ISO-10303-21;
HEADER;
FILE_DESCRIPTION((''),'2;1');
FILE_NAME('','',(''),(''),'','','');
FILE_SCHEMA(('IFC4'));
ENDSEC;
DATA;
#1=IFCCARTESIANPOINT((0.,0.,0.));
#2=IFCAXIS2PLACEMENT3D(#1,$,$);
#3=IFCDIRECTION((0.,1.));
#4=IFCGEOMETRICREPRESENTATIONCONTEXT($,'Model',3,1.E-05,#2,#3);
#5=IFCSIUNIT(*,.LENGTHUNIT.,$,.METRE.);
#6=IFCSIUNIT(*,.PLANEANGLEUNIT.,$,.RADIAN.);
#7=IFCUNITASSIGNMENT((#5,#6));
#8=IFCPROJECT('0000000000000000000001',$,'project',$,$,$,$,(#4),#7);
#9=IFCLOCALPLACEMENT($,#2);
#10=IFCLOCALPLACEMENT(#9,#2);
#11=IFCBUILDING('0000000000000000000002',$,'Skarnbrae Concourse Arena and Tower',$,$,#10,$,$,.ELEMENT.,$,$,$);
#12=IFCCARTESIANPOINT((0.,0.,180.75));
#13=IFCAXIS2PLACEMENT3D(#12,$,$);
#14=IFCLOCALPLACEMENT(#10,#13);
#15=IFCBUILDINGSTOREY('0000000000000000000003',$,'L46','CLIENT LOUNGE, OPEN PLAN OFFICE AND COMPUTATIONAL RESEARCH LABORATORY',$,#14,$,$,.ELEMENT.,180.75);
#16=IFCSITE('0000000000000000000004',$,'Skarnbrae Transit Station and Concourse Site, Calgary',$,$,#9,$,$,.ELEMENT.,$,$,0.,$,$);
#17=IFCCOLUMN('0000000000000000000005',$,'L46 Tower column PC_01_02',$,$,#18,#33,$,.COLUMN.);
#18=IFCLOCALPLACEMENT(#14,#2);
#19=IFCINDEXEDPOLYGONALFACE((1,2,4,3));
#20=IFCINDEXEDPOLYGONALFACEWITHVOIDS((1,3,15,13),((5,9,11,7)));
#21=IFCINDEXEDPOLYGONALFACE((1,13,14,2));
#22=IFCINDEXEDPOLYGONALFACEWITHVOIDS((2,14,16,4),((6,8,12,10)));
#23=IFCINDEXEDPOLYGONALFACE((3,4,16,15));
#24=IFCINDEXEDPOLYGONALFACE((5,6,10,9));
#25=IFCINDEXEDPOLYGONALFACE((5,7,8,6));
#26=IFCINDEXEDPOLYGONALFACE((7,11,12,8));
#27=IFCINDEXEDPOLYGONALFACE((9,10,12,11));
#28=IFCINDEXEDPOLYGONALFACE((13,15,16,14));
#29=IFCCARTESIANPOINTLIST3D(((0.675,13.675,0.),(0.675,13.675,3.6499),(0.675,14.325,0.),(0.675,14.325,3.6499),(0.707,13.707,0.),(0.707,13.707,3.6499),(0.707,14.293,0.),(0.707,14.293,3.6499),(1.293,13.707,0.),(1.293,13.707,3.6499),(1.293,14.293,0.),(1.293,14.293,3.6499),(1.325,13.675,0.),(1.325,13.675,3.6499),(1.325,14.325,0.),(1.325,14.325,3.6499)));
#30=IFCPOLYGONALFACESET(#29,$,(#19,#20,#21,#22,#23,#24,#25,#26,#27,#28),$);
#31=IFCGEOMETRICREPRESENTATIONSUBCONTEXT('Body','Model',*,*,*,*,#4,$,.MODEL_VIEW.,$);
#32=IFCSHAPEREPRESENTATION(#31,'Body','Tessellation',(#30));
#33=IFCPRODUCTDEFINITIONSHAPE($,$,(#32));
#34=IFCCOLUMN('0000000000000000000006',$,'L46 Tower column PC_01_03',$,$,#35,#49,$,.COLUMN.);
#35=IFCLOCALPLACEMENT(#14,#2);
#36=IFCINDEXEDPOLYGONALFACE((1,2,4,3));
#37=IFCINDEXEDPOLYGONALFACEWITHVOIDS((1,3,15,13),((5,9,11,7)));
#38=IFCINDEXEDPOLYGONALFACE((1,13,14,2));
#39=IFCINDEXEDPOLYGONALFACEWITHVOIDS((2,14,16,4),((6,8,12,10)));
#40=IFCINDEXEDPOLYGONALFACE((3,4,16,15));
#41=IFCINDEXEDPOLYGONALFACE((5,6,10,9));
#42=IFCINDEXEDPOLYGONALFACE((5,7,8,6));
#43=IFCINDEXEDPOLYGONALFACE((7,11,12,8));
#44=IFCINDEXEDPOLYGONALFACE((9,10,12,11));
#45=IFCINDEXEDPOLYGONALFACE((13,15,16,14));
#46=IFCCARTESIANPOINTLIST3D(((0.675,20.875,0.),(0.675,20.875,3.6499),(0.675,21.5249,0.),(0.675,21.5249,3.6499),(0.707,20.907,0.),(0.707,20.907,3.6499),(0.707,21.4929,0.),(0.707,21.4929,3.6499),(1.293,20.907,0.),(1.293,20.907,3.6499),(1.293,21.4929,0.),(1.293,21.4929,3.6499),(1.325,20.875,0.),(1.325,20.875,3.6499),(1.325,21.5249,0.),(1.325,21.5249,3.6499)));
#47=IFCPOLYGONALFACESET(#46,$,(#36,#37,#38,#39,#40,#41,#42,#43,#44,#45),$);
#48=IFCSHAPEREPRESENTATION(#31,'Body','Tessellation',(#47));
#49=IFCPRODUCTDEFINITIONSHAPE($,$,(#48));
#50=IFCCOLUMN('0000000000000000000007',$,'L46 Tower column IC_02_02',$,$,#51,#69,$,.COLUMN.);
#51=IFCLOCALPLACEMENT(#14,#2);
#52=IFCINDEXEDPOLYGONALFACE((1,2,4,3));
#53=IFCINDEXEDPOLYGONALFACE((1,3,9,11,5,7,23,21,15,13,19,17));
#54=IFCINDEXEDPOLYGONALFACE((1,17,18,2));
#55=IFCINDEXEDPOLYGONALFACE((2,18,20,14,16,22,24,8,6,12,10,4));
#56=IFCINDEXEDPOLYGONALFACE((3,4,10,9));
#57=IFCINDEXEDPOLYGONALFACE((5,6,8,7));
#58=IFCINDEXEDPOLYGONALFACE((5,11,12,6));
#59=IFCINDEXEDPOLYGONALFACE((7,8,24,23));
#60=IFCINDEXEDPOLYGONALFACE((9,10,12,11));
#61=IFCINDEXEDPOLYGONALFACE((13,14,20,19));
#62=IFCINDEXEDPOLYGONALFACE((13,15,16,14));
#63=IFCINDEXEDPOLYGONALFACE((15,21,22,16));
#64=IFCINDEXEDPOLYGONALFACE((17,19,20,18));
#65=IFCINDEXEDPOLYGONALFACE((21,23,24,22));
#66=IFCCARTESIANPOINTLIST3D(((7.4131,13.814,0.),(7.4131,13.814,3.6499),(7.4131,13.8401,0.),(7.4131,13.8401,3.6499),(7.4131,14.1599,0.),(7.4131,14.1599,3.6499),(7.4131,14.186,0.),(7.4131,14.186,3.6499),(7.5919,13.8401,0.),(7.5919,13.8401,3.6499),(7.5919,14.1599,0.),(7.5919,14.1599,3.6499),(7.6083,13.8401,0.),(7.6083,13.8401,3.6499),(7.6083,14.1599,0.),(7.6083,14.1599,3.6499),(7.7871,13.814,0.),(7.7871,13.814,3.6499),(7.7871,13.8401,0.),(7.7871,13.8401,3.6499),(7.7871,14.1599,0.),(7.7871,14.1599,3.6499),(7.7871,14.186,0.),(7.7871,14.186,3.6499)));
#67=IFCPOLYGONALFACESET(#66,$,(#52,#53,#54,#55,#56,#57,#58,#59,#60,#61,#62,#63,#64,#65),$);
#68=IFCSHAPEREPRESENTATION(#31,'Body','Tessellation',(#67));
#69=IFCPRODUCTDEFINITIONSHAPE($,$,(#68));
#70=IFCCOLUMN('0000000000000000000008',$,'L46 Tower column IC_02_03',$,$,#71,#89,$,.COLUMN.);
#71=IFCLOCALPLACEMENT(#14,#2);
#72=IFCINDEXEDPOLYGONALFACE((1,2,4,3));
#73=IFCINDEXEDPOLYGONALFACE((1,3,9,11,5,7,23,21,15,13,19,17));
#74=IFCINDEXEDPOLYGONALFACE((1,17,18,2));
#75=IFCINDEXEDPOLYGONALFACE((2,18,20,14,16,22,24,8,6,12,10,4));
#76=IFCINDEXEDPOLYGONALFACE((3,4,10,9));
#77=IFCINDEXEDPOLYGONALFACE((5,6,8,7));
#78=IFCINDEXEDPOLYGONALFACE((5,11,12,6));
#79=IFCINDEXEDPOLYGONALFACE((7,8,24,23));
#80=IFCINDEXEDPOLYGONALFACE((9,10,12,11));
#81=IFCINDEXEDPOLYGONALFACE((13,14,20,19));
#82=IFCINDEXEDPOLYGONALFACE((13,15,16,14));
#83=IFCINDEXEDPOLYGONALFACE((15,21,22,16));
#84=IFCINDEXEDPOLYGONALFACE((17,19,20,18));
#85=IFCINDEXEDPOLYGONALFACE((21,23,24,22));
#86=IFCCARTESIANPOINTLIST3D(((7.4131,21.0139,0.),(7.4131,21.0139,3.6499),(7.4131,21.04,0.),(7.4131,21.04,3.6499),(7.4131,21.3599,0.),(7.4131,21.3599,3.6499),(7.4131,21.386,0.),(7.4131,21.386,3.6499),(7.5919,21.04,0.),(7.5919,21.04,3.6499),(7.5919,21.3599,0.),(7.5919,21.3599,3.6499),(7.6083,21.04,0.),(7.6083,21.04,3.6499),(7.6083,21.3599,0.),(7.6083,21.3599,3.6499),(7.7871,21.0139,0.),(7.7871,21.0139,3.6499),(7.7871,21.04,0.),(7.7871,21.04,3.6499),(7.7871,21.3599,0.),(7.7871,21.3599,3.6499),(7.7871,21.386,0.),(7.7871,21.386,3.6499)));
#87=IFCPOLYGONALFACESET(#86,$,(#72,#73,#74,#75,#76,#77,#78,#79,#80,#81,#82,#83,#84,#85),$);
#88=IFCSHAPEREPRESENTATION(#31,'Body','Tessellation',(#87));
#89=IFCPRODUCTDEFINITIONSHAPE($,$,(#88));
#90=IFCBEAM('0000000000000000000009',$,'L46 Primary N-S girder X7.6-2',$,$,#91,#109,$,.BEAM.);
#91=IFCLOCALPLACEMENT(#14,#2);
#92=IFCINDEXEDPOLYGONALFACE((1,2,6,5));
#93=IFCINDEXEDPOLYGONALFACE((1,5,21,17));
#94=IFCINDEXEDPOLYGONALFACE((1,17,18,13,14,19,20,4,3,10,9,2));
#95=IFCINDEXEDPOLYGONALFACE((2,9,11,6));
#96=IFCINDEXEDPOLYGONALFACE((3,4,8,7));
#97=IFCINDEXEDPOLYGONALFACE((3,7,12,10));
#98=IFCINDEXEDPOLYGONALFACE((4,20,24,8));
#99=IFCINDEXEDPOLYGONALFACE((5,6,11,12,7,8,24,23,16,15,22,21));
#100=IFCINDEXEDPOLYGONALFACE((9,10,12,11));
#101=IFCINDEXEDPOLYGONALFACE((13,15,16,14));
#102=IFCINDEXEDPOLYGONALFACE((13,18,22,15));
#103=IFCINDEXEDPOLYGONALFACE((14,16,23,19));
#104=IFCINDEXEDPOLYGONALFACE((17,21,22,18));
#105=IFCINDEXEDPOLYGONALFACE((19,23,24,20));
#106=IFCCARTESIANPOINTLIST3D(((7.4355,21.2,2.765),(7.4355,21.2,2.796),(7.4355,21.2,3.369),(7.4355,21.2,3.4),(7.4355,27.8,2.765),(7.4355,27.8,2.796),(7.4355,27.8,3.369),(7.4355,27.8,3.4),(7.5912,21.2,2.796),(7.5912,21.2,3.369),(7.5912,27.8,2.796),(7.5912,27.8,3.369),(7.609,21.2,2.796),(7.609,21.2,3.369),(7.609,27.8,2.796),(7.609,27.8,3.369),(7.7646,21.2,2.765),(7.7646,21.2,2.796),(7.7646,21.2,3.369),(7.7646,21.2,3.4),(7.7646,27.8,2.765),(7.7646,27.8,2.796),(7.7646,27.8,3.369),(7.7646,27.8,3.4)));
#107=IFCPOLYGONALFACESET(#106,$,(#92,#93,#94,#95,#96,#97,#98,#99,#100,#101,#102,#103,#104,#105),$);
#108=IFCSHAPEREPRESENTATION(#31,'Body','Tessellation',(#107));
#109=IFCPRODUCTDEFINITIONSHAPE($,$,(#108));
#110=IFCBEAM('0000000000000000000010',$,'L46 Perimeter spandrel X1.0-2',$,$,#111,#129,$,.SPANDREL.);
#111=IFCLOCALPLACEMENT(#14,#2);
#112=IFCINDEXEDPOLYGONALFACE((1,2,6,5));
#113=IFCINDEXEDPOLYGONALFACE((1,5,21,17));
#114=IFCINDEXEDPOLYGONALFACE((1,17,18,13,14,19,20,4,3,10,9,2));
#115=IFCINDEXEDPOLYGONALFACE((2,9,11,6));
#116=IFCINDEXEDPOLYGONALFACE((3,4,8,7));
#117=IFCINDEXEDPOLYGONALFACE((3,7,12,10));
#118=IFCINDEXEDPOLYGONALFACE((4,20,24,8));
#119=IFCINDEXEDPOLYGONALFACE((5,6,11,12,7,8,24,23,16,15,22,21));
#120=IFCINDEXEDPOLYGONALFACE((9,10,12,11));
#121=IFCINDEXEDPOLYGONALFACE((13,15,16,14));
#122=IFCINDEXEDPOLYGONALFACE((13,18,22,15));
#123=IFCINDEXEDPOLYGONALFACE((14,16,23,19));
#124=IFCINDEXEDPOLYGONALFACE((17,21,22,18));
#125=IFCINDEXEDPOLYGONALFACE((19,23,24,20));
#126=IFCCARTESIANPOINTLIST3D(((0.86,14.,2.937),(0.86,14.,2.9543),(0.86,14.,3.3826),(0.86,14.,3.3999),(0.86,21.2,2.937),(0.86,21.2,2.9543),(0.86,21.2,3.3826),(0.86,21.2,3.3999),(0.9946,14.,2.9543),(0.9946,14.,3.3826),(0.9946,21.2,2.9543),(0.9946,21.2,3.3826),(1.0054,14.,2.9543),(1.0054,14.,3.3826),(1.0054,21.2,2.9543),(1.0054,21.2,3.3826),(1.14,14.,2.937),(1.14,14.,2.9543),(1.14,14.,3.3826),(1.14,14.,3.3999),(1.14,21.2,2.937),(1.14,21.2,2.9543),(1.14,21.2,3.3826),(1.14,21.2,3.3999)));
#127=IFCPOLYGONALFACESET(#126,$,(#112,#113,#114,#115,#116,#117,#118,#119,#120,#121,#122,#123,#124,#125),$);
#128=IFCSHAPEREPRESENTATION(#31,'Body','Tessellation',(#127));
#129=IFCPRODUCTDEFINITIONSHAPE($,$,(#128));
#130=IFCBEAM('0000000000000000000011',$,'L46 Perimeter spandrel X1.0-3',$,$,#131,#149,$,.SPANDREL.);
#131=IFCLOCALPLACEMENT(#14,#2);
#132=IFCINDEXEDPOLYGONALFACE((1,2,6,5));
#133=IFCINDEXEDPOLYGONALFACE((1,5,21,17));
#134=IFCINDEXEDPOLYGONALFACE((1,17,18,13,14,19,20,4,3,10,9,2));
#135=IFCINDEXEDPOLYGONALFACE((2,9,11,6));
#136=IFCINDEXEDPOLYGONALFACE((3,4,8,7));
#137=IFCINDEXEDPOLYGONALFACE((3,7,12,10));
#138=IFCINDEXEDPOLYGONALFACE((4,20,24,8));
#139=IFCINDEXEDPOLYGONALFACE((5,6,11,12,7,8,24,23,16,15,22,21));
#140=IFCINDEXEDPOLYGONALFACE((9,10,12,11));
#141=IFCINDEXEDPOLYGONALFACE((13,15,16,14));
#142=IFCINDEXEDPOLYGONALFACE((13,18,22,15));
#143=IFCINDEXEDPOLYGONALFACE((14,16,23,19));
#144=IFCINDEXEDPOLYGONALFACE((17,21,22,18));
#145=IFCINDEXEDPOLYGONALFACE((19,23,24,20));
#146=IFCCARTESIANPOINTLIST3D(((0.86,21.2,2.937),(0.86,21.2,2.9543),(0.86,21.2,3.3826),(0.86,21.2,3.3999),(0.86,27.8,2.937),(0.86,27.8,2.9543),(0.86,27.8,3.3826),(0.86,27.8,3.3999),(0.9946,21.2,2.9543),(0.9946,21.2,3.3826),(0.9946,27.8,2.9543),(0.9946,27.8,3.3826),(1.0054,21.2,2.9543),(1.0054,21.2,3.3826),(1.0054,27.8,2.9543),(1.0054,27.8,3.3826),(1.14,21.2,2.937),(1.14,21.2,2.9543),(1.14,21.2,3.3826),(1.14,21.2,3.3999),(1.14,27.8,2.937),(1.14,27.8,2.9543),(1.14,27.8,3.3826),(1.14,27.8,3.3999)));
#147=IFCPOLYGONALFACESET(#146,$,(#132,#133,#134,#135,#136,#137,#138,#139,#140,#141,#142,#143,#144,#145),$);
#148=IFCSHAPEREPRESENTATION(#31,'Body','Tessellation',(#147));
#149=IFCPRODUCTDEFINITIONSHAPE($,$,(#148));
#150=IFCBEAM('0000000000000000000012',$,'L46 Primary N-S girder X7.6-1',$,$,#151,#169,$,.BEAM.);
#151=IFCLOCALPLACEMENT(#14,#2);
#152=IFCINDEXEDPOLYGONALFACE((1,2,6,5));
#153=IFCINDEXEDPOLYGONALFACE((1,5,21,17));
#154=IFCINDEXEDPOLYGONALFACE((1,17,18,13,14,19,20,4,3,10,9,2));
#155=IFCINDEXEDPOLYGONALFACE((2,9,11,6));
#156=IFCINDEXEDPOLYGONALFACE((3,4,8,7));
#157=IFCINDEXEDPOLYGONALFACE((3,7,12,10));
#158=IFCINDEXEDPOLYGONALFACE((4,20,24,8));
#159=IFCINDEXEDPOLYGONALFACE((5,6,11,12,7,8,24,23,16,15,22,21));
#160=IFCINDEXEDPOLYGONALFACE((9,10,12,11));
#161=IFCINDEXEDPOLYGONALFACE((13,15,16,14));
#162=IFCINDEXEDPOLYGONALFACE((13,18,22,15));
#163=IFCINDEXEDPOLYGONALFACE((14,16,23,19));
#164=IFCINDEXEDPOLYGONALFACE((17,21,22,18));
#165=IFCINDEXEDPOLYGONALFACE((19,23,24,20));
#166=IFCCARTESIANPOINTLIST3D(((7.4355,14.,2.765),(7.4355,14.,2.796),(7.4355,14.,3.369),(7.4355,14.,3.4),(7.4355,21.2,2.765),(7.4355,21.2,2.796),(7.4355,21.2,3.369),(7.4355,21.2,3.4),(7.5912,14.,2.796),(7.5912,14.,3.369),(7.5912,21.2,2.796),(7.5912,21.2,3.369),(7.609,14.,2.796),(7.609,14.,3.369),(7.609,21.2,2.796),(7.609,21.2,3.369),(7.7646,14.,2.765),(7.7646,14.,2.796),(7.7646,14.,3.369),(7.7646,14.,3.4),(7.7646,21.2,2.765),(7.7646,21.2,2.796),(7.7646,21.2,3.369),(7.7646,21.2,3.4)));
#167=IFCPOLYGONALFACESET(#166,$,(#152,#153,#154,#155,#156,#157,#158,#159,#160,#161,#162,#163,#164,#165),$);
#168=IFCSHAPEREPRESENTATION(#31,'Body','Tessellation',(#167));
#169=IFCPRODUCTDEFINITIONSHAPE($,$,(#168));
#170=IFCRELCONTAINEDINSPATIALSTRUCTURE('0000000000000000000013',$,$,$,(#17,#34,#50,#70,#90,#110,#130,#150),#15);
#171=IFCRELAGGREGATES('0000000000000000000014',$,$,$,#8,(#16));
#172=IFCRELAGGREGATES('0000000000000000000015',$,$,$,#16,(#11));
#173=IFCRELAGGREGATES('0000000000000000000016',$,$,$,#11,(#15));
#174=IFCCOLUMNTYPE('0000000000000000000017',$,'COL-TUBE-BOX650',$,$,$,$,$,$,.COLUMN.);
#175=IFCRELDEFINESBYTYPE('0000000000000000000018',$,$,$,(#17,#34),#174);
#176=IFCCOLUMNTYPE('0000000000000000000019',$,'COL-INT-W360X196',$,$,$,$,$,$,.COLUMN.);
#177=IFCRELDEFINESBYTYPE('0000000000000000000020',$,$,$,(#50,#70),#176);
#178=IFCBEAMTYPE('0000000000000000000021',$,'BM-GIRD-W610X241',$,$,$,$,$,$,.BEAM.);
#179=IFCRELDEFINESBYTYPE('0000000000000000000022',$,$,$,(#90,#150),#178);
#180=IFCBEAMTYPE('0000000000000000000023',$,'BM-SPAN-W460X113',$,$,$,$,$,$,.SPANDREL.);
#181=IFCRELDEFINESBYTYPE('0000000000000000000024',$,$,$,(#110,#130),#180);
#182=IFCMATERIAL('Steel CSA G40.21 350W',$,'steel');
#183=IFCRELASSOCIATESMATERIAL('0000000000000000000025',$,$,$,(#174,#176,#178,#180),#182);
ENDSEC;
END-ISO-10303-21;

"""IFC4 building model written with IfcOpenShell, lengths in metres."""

from ifc_helpers import new_model, si_unit, direction, frame, origin, origin_2d, place, context, subcontext, project, spatial, hollow_rectangle, i_section, extrude, source, transform, mapped, material, material_profile, profile_set, type_object, element, save


model = new_model("IFC4")

# Units and contexts
model_context = context("Model", 3, precision=1e-05, world=origin(), true_north=direction((0.0, 1.0)))
body_context = subcontext(model_context, "Body", "Model", "MODEL_VIEW")
ifc_project = project(units=[si_unit("LENGTHUNIT", "METRE"), si_unit("PLANEANGLEUNIT", "RADIAN")], contexts=[model_context])

# Site, building, storey
site_placement = place(None, origin())
site = spatial("IfcSite", under=ifc_project, at=site_placement, Name="Skarnbrae Transit Station and Concourse Site, Calgary", CompositionType="ELEMENT", RefElevation=0.0)
building_placement = place(site_placement, origin())
building = spatial("IfcBuilding", under=site, at=building_placement, Name="Skarnbrae Concourse Arena and Tower", CompositionType="ELEMENT")
storey_placement = place(building_placement, frame((0.0, 0.0, 180.75)))
storey = spatial("IfcBuildingStorey", under=building, at=storey_placement, Name="L46", Description="CLIENT LOUNGE, OPEN PLAN OFFICE AND COMPUTATIONAL RESEARCH LABORATORY", CompositionType="ELEMENT", Elevation=180.75)

# Columns
ifc_material_1 = material(Name="Steel CSA G40.21 350W", Category="steel")
ifc_material_profile_1 = material_profile(ifc_material_1, hollow_rectangle(XDim=0.6499, YDim=0.6499, WallThickness=0.032, at=origin_2d()), Name="BOX650X650X32")
ifc_profile_set_1 = profile_set([ifc_material_profile_1], Name="Steel CSA G40.21 350W")
column_type_1 = type_object("IfcColumnType", Name="COL-TUBE-BOX650", PredefinedType="COLUMN", material=ifc_profile_set_1)
shared_shape_1 = source(origin(), body_context, "Body", "SweptSolid", [
    extrude(hollow_rectangle(XDim=0.6499, YDim=0.6499, WallThickness=0.032, at=origin_2d()), origin(), (0.0, 0.0, 1.0), 3.6499),
])
for number, where, z_axis, x_axis, name in (
    (1, (1.0, 14.0, 0.0), (0.0, 0.0, 1.0), (1.0, 0.0, 0.0), "L46 Tower column PC_01_02"),
    (2, (1.0, 21.2, 0.0), (0.0, 0.0, 1.0), (1.0, 0.0, 0.0), "L46 Tower column PC_01_03"),
):
    element("IfcColumn", number, at=place(storey_placement, frame(where, z_axis=z_axis, x_axis=x_axis)), inside=storey, type_object=column_type_1, Name=name, PredefinedType="COLUMN", context=body_context, shape_type="MappedRepresentation", body=[
        mapped(shared_shape_1, transform((0.0, 0.0, 0.0))),
    ])
ifc_material_profile_2 = material_profile(ifc_material_1, i_section(OverallWidth=0.374, OverallDepth=0.3721, WebThickness=0.0164, FlangeThickness=0.0261, at=origin_2d()), Name="W360X196")
ifc_profile_set_2 = profile_set([ifc_material_profile_2], Name="Steel CSA G40.21 350W")
column_type_2 = type_object("IfcColumnType", Name="COL-INT-W360X196", PredefinedType="COLUMN", material=ifc_profile_set_2)
shared_shape_2 = source(origin(), body_context, "Body", "SweptSolid", [
    extrude(i_section(OverallWidth=0.374, OverallDepth=0.3721, WebThickness=0.0164, FlangeThickness=0.0261, at=origin_2d()), origin(), (0.0, 0.0, 1.0), 3.6499),
])
for number, where, z_axis, x_axis, name in (
    (3, (7.6001, 14.0, 0.0), (0.0, 0.0, 1.0), (1.0, 0.0, 0.0), "L46 Tower column IC_02_02"),
    (4, (7.6001, 21.2, 0.0), (0.0, 0.0, 1.0), (1.0, 0.0, 0.0), "L46 Tower column IC_02_03"),
):
    element("IfcColumn", number, at=place(storey_placement, frame(where, z_axis=z_axis, x_axis=x_axis)), inside=storey, type_object=column_type_2, Name=name, PredefinedType="COLUMN", context=body_context, shape_type="MappedRepresentation", body=[
        mapped(shared_shape_2, transform((0.0, 0.0, 0.0))),
    ])

# Beams
ifc_material_profile_3 = material_profile(ifc_material_1, i_section(OverallWidth=0.3291, OverallDepth=0.635, WebThickness=0.0178, FlangeThickness=0.031, at=origin_2d()), Name="W610X241")
ifc_profile_set_3 = profile_set([ifc_material_profile_3], Name="Steel CSA G40.21 350W")
beam_type_1 = type_object("IfcBeamType", Name="BM-GIRD-W610X241", PredefinedType="BEAM", material=ifc_profile_set_3)
shared_shape_3 = source(origin(), body_context, "Body", "SweptSolid", [
    extrude(i_section(OverallWidth=0.3291, OverallDepth=0.635, WebThickness=0.0178, FlangeThickness=0.031, at=origin_2d()), origin(), (0.0, 0.0, 1.0), 6.6001),
])
beam_1_placement = place(storey_placement, frame((7.6001, 21.2, 3.0825), z_axis=(0.0, 1.0, 0.0), x_axis=(-1.0, 0.0, 0.0)))
element("IfcBeam", 5, at=beam_1_placement, inside=storey, type_object=beam_type_1, Name="L46 Primary N-S girder X7.6-2", PredefinedType="BEAM", context=body_context, shape_type="MappedRepresentation", body=[
    mapped(shared_shape_3, transform((0.0, 0.0, 0.0))),
])
ifc_material_profile_4 = material_profile(ifc_material_1, i_section(OverallWidth=0.28, OverallDepth=0.4629, WebThickness=0.0107, FlangeThickness=0.0173, at=origin_2d()), Name="W460X113")
ifc_profile_set_4 = profile_set([ifc_material_profile_4], Name="Steel CSA G40.21 350W")
beam_type_2 = type_object("IfcBeamType", Name="BM-SPAN-W460X113", PredefinedType="SPANDREL", material=ifc_profile_set_4)
shared_shape_4 = source(origin(), body_context, "Body", "SweptSolid", [
    extrude(i_section(OverallWidth=0.28, OverallDepth=0.4629, WebThickness=0.0107, FlangeThickness=0.0173, at=origin_2d()), origin(), (0.0, 0.0, 1.0), 7.2),
])
beam_2_placement = place(storey_placement, frame((1.0, 14.0, 3.1685), z_axis=(0.0, 1.0, 0.0), x_axis=(-1.0, 0.0, 0.0)))
element("IfcBeam", 6, at=beam_2_placement, inside=storey, type_object=beam_type_2, Name="L46 Perimeter spandrel X1.0-2", PredefinedType="SPANDREL", context=body_context, shape_type="MappedRepresentation", body=[
    mapped(shared_shape_4, transform((0.0, 0.0, 0.0))),
])
shared_shape_5 = source(origin(), body_context, "Body", "SweptSolid", [
    extrude(i_section(OverallWidth=0.28, OverallDepth=0.4629, WebThickness=0.0107, FlangeThickness=0.0173, at=origin_2d()), origin(), (0.0, 0.0, 1.0), 6.6001),
])
beam_3_placement = place(storey_placement, frame((1.0, 21.2, 3.1685), z_axis=(0.0, 1.0, 0.0), x_axis=(-1.0, 0.0, 0.0)))
element("IfcBeam", 7, at=beam_3_placement, inside=storey, type_object=beam_type_2, Name="L46 Perimeter spandrel X1.0-3", PredefinedType="SPANDREL", context=body_context, shape_type="MappedRepresentation", body=[
    mapped(shared_shape_5, transform((0.0, 0.0, 0.0))),
])
shared_shape_6 = source(origin(), body_context, "Body", "SweptSolid", [
    extrude(i_section(OverallWidth=0.3291, OverallDepth=0.635, WebThickness=0.0178, FlangeThickness=0.031, at=origin_2d()), origin(), (0.0, 0.0, 1.0), 7.2),
])
beam_4_placement = place(storey_placement, frame((7.6001, 14.0, 3.0825), z_axis=(0.0, 1.0, 0.0), x_axis=(-1.0, 0.0, 0.0)))
element("IfcBeam", 8, at=beam_4_placement, inside=storey, type_object=beam_type_1, Name="L46 Primary N-S girder X7.6-1", PredefinedType="BEAM", context=body_context, shape_type="MappedRepresentation", body=[
    mapped(shared_shape_6, transform((0.0, 0.0, 0.0))),
])

save(model, "model.ifc")
